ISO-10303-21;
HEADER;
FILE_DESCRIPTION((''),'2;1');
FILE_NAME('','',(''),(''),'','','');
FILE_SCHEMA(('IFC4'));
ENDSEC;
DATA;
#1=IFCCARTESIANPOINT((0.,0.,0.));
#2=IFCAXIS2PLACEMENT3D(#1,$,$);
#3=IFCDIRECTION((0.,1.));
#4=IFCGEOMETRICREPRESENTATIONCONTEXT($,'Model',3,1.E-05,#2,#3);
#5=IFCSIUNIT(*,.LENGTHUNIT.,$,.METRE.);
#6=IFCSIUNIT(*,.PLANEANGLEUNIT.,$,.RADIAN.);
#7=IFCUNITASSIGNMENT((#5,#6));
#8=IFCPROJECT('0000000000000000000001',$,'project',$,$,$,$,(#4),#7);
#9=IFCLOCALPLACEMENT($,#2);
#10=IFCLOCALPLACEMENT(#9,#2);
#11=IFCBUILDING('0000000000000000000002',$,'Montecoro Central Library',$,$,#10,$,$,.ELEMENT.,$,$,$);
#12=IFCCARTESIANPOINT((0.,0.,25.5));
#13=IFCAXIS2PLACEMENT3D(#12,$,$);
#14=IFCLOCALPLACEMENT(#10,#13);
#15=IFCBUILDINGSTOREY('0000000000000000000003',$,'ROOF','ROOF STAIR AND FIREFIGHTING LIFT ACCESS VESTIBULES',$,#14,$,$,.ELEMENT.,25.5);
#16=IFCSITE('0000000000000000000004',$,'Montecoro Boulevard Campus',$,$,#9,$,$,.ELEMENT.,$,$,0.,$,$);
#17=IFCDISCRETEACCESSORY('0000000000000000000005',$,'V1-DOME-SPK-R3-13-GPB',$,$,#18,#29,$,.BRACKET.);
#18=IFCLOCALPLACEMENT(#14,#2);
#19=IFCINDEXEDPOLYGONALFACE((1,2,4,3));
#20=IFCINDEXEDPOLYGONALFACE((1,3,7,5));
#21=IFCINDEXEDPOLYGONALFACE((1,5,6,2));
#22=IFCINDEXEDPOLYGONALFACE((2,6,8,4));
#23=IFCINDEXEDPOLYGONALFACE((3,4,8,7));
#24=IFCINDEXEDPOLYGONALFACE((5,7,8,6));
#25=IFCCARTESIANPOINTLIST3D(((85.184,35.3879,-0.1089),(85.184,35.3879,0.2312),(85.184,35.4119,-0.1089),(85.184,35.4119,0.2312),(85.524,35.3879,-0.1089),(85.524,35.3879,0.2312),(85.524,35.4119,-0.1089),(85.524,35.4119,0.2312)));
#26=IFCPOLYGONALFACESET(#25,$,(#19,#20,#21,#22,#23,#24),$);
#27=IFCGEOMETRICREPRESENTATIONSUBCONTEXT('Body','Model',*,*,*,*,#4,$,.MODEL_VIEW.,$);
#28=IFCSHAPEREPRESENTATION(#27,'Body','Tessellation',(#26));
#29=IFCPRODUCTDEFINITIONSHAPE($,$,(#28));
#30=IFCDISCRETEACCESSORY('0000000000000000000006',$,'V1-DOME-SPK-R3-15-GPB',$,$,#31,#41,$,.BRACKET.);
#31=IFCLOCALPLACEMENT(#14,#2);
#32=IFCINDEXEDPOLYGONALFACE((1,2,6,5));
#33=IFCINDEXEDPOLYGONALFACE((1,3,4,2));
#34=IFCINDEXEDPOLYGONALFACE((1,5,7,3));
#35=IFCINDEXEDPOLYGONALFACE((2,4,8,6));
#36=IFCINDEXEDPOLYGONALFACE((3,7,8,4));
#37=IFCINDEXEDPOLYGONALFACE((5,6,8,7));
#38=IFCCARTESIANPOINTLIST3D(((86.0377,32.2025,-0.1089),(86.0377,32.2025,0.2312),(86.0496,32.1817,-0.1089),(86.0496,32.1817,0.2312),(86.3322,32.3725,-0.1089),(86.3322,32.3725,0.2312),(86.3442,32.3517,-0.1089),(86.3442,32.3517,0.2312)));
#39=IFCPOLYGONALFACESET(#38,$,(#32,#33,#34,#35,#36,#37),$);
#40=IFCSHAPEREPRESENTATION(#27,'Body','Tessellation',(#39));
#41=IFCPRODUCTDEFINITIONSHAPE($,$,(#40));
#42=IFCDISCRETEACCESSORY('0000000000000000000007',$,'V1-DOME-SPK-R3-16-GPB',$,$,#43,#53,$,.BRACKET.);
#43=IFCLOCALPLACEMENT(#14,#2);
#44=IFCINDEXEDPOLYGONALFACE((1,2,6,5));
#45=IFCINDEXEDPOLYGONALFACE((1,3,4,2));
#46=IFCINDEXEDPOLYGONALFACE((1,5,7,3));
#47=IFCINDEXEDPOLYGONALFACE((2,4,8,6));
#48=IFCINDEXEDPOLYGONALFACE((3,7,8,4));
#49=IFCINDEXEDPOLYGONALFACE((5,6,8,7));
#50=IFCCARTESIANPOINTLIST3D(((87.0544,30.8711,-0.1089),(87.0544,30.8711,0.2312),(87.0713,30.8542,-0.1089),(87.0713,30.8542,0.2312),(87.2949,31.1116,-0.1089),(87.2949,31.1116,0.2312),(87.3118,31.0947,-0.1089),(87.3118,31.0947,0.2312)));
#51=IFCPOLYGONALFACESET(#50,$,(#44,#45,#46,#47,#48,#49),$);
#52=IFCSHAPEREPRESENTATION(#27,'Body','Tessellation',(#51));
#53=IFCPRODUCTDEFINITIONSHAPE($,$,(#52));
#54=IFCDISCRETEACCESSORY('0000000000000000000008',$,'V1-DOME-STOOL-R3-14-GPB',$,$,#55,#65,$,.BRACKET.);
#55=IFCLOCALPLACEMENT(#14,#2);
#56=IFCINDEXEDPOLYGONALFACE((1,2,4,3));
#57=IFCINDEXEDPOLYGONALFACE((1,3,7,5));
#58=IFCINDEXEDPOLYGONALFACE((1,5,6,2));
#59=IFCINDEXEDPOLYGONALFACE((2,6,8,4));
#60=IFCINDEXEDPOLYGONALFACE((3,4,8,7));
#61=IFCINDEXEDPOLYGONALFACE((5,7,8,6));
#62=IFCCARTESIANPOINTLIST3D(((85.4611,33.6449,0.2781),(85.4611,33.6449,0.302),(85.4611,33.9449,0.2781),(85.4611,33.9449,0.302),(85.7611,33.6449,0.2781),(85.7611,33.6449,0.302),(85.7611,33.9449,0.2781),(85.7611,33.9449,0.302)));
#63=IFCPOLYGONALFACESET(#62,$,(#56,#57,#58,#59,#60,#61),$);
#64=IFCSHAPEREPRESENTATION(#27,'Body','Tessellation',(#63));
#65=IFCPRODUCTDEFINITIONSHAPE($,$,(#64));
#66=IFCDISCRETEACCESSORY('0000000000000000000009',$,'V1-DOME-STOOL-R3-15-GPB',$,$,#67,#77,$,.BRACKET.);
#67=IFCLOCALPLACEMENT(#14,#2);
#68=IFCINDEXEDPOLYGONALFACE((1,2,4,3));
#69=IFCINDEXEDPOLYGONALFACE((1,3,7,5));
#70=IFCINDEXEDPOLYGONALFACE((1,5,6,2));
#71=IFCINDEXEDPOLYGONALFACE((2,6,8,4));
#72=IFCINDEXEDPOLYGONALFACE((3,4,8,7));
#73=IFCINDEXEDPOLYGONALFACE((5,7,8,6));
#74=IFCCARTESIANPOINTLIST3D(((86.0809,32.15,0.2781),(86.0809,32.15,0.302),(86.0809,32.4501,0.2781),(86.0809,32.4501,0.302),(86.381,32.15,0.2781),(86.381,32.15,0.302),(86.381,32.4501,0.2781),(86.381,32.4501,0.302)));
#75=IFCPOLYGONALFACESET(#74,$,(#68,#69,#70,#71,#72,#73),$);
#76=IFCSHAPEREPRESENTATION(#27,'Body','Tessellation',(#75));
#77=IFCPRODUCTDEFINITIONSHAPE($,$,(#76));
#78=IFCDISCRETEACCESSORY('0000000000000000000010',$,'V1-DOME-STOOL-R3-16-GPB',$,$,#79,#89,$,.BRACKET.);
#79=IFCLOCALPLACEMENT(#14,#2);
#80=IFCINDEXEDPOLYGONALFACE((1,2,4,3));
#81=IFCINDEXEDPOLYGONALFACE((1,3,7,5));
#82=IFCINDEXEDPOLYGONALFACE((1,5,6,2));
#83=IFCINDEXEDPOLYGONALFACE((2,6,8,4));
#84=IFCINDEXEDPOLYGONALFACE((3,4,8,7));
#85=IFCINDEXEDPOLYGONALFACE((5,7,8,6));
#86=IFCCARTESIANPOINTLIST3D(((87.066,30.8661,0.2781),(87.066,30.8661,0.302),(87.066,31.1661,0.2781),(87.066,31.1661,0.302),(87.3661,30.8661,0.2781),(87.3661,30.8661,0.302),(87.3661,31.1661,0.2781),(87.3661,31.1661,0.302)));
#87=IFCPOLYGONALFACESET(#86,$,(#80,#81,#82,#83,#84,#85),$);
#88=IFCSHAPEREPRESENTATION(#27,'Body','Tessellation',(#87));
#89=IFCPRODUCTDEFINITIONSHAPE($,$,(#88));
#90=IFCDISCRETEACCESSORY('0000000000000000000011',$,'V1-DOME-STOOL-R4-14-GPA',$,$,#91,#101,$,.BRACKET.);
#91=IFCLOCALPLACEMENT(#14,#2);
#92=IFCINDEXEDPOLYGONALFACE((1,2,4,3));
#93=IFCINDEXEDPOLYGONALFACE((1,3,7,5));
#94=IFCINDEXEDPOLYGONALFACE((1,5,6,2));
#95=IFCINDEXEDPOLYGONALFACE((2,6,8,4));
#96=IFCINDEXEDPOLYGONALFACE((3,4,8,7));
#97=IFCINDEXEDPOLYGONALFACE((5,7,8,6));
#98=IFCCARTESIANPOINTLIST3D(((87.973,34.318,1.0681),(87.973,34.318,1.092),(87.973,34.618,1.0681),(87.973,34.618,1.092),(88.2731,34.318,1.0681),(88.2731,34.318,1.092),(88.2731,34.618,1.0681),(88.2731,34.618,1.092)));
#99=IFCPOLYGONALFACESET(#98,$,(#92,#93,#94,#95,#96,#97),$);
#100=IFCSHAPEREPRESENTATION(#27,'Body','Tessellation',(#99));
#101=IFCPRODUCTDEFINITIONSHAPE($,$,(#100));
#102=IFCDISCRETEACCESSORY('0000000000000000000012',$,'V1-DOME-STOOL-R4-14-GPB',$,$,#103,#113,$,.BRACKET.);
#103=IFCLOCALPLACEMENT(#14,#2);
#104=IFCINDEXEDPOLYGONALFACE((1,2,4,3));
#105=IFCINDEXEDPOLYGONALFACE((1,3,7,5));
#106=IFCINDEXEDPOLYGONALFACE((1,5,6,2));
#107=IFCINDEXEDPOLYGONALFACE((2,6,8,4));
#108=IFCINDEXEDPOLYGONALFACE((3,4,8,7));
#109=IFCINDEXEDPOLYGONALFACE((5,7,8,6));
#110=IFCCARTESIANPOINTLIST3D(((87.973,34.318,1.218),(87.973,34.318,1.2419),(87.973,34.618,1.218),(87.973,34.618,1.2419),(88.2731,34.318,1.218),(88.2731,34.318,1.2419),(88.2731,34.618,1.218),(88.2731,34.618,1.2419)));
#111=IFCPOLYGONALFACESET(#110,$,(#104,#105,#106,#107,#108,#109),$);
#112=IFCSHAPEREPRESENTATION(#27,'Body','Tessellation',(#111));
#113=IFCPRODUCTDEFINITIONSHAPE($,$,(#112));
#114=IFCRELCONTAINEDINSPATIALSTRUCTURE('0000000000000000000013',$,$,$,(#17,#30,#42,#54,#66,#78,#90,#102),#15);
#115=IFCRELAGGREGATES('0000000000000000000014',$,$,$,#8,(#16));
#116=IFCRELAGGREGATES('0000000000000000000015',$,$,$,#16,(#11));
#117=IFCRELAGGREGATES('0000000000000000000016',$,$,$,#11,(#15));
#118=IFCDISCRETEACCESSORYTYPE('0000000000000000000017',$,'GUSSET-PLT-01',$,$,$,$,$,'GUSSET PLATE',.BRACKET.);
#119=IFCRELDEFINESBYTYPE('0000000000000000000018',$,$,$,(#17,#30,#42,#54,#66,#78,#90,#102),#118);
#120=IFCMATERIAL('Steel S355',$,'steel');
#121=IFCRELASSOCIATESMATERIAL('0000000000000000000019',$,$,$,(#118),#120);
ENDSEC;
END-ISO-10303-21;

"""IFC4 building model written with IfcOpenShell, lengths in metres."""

from ifc_helpers import new_model, si_unit, direction, frame, origin, origin_2d, place, context, subcontext, project, spatial, rectangle, extrude, material, type_object, element, save


model = new_model("IFC4")

# Units and contexts
model_context = context("Model", 3, precision=1e-05, world=origin(), true_north=direction((0.0, 1.0)))
body_context = subcontext(model_context, "Body", "Model", "MODEL_VIEW")
ifc_project = project(units=[si_unit("LENGTHUNIT", "METRE"), si_unit("PLANEANGLEUNIT", "RADIAN")], contexts=[model_context])

# Site, building, storey
site_placement = place(None, origin())
site = spatial("IfcSite", under=ifc_project, at=site_placement, Name="Montecoro Boulevard Campus", CompositionType="ELEMENT", RefElevation=0.0)
building_placement = place(site_placement, origin())
building = spatial("IfcBuilding", under=site, at=building_placement, Name="Montecoro Central Library", CompositionType="ELEMENT")
storey_placement = place(building_placement, frame((0.0, 0.0, 25.5)))
storey = spatial("IfcBuildingStorey", under=building, at=storey_placement, Name="ROOF", Description="ROOF STAIR AND FIREFIGHTING LIFT ACCESS VESTIBULES", CompositionType="ELEMENT", Elevation=25.5)

# Shared definitions
ifc_material_1 = material(Name="Steel S355", Category="steel")

# Discrete accessories
discrete_accessory_type = type_object("IfcDiscreteAccessoryType", Name="GUSSET-PLT-01", ElementType="GUSSET PLATE", PredefinedType="BRACKET", material=ifc_material_1)
for number, where, z_axis, x_axis, name in (
    (1, (85.354, 35.3999, -0.1089), (0.0, 0.0, 1.0), (1.0, 0.0, 0.0), "V1-DOME-SPK-R3-13-GPB"),
    (2, (86.1909, 32.2771, -0.1089), (0.0, 0.0, 1.0), (0.866113, 0.499849, 0.0), "V1-DOME-SPK-R3-15-GPB"),
    (3, (87.1831, 30.9829, -0.1089), (0.0, 0.0, 1.0), (0.707107, 0.707107, 0.0), "V1-DOME-SPK-R3-16-GPB"),
):
    element("IfcDiscreteAccessory", number, at=place(storey_placement, frame(where, z_axis=z_axis, x_axis=x_axis)), inside=storey, type_object=discrete_accessory_type, Name=name, PredefinedType="BRACKET", context=body_context, shape_type="SweptSolid", body=[
        extrude(rectangle(XDim=0.3401, YDim=0.0239, at=origin_2d()), origin(), (0.0, 0.0, 1.0), 0.3401),
    ])
for number, where, z_axis, x_axis, name in (
    (4, (85.6111, 33.7949, 0.2781), (0.0, 0.0, 1.0), (1.0, 0.0, 0.0), "V1-DOME-STOOL-R3-14-GPB"),
    (5, (86.231, 32.3, 0.2781), (0.0, 0.0, 1.0), (1.0, 0.0, 0.0), "V1-DOME-STOOL-R3-15-GPB"),
    (6, (87.2161, 31.0161, 0.2781), (0.0, 0.0, 1.0), (1.0, 0.0, 0.0), "V1-DOME-STOOL-R3-16-GPB"),
    (7, (88.123, 34.468, 1.0681), (0.0, 0.0, 1.0), (1.0, 0.0, 0.0), "V1-DOME-STOOL-R4-14-GPA"),
    (8, (88.123, 34.468, 1.218), (0.0, 0.0, 1.0), (1.0, 0.0, 0.0), "V1-DOME-STOOL-R4-14-GPB"),
):
    element("IfcDiscreteAccessory", number, at=place(storey_placement, frame(where, z_axis=z_axis, x_axis=x_axis)), inside=storey, type_object=discrete_accessory_type, Name=name, PredefinedType="BRACKET", context=body_context, shape_type="SweptSolid", body=[
        extrude(rectangle(XDim=0.3, YDim=0.3, at=origin_2d()), origin(), (0.0, 0.0, 1.0), 0.0239),
    ])

save(model, "model.ifc")
